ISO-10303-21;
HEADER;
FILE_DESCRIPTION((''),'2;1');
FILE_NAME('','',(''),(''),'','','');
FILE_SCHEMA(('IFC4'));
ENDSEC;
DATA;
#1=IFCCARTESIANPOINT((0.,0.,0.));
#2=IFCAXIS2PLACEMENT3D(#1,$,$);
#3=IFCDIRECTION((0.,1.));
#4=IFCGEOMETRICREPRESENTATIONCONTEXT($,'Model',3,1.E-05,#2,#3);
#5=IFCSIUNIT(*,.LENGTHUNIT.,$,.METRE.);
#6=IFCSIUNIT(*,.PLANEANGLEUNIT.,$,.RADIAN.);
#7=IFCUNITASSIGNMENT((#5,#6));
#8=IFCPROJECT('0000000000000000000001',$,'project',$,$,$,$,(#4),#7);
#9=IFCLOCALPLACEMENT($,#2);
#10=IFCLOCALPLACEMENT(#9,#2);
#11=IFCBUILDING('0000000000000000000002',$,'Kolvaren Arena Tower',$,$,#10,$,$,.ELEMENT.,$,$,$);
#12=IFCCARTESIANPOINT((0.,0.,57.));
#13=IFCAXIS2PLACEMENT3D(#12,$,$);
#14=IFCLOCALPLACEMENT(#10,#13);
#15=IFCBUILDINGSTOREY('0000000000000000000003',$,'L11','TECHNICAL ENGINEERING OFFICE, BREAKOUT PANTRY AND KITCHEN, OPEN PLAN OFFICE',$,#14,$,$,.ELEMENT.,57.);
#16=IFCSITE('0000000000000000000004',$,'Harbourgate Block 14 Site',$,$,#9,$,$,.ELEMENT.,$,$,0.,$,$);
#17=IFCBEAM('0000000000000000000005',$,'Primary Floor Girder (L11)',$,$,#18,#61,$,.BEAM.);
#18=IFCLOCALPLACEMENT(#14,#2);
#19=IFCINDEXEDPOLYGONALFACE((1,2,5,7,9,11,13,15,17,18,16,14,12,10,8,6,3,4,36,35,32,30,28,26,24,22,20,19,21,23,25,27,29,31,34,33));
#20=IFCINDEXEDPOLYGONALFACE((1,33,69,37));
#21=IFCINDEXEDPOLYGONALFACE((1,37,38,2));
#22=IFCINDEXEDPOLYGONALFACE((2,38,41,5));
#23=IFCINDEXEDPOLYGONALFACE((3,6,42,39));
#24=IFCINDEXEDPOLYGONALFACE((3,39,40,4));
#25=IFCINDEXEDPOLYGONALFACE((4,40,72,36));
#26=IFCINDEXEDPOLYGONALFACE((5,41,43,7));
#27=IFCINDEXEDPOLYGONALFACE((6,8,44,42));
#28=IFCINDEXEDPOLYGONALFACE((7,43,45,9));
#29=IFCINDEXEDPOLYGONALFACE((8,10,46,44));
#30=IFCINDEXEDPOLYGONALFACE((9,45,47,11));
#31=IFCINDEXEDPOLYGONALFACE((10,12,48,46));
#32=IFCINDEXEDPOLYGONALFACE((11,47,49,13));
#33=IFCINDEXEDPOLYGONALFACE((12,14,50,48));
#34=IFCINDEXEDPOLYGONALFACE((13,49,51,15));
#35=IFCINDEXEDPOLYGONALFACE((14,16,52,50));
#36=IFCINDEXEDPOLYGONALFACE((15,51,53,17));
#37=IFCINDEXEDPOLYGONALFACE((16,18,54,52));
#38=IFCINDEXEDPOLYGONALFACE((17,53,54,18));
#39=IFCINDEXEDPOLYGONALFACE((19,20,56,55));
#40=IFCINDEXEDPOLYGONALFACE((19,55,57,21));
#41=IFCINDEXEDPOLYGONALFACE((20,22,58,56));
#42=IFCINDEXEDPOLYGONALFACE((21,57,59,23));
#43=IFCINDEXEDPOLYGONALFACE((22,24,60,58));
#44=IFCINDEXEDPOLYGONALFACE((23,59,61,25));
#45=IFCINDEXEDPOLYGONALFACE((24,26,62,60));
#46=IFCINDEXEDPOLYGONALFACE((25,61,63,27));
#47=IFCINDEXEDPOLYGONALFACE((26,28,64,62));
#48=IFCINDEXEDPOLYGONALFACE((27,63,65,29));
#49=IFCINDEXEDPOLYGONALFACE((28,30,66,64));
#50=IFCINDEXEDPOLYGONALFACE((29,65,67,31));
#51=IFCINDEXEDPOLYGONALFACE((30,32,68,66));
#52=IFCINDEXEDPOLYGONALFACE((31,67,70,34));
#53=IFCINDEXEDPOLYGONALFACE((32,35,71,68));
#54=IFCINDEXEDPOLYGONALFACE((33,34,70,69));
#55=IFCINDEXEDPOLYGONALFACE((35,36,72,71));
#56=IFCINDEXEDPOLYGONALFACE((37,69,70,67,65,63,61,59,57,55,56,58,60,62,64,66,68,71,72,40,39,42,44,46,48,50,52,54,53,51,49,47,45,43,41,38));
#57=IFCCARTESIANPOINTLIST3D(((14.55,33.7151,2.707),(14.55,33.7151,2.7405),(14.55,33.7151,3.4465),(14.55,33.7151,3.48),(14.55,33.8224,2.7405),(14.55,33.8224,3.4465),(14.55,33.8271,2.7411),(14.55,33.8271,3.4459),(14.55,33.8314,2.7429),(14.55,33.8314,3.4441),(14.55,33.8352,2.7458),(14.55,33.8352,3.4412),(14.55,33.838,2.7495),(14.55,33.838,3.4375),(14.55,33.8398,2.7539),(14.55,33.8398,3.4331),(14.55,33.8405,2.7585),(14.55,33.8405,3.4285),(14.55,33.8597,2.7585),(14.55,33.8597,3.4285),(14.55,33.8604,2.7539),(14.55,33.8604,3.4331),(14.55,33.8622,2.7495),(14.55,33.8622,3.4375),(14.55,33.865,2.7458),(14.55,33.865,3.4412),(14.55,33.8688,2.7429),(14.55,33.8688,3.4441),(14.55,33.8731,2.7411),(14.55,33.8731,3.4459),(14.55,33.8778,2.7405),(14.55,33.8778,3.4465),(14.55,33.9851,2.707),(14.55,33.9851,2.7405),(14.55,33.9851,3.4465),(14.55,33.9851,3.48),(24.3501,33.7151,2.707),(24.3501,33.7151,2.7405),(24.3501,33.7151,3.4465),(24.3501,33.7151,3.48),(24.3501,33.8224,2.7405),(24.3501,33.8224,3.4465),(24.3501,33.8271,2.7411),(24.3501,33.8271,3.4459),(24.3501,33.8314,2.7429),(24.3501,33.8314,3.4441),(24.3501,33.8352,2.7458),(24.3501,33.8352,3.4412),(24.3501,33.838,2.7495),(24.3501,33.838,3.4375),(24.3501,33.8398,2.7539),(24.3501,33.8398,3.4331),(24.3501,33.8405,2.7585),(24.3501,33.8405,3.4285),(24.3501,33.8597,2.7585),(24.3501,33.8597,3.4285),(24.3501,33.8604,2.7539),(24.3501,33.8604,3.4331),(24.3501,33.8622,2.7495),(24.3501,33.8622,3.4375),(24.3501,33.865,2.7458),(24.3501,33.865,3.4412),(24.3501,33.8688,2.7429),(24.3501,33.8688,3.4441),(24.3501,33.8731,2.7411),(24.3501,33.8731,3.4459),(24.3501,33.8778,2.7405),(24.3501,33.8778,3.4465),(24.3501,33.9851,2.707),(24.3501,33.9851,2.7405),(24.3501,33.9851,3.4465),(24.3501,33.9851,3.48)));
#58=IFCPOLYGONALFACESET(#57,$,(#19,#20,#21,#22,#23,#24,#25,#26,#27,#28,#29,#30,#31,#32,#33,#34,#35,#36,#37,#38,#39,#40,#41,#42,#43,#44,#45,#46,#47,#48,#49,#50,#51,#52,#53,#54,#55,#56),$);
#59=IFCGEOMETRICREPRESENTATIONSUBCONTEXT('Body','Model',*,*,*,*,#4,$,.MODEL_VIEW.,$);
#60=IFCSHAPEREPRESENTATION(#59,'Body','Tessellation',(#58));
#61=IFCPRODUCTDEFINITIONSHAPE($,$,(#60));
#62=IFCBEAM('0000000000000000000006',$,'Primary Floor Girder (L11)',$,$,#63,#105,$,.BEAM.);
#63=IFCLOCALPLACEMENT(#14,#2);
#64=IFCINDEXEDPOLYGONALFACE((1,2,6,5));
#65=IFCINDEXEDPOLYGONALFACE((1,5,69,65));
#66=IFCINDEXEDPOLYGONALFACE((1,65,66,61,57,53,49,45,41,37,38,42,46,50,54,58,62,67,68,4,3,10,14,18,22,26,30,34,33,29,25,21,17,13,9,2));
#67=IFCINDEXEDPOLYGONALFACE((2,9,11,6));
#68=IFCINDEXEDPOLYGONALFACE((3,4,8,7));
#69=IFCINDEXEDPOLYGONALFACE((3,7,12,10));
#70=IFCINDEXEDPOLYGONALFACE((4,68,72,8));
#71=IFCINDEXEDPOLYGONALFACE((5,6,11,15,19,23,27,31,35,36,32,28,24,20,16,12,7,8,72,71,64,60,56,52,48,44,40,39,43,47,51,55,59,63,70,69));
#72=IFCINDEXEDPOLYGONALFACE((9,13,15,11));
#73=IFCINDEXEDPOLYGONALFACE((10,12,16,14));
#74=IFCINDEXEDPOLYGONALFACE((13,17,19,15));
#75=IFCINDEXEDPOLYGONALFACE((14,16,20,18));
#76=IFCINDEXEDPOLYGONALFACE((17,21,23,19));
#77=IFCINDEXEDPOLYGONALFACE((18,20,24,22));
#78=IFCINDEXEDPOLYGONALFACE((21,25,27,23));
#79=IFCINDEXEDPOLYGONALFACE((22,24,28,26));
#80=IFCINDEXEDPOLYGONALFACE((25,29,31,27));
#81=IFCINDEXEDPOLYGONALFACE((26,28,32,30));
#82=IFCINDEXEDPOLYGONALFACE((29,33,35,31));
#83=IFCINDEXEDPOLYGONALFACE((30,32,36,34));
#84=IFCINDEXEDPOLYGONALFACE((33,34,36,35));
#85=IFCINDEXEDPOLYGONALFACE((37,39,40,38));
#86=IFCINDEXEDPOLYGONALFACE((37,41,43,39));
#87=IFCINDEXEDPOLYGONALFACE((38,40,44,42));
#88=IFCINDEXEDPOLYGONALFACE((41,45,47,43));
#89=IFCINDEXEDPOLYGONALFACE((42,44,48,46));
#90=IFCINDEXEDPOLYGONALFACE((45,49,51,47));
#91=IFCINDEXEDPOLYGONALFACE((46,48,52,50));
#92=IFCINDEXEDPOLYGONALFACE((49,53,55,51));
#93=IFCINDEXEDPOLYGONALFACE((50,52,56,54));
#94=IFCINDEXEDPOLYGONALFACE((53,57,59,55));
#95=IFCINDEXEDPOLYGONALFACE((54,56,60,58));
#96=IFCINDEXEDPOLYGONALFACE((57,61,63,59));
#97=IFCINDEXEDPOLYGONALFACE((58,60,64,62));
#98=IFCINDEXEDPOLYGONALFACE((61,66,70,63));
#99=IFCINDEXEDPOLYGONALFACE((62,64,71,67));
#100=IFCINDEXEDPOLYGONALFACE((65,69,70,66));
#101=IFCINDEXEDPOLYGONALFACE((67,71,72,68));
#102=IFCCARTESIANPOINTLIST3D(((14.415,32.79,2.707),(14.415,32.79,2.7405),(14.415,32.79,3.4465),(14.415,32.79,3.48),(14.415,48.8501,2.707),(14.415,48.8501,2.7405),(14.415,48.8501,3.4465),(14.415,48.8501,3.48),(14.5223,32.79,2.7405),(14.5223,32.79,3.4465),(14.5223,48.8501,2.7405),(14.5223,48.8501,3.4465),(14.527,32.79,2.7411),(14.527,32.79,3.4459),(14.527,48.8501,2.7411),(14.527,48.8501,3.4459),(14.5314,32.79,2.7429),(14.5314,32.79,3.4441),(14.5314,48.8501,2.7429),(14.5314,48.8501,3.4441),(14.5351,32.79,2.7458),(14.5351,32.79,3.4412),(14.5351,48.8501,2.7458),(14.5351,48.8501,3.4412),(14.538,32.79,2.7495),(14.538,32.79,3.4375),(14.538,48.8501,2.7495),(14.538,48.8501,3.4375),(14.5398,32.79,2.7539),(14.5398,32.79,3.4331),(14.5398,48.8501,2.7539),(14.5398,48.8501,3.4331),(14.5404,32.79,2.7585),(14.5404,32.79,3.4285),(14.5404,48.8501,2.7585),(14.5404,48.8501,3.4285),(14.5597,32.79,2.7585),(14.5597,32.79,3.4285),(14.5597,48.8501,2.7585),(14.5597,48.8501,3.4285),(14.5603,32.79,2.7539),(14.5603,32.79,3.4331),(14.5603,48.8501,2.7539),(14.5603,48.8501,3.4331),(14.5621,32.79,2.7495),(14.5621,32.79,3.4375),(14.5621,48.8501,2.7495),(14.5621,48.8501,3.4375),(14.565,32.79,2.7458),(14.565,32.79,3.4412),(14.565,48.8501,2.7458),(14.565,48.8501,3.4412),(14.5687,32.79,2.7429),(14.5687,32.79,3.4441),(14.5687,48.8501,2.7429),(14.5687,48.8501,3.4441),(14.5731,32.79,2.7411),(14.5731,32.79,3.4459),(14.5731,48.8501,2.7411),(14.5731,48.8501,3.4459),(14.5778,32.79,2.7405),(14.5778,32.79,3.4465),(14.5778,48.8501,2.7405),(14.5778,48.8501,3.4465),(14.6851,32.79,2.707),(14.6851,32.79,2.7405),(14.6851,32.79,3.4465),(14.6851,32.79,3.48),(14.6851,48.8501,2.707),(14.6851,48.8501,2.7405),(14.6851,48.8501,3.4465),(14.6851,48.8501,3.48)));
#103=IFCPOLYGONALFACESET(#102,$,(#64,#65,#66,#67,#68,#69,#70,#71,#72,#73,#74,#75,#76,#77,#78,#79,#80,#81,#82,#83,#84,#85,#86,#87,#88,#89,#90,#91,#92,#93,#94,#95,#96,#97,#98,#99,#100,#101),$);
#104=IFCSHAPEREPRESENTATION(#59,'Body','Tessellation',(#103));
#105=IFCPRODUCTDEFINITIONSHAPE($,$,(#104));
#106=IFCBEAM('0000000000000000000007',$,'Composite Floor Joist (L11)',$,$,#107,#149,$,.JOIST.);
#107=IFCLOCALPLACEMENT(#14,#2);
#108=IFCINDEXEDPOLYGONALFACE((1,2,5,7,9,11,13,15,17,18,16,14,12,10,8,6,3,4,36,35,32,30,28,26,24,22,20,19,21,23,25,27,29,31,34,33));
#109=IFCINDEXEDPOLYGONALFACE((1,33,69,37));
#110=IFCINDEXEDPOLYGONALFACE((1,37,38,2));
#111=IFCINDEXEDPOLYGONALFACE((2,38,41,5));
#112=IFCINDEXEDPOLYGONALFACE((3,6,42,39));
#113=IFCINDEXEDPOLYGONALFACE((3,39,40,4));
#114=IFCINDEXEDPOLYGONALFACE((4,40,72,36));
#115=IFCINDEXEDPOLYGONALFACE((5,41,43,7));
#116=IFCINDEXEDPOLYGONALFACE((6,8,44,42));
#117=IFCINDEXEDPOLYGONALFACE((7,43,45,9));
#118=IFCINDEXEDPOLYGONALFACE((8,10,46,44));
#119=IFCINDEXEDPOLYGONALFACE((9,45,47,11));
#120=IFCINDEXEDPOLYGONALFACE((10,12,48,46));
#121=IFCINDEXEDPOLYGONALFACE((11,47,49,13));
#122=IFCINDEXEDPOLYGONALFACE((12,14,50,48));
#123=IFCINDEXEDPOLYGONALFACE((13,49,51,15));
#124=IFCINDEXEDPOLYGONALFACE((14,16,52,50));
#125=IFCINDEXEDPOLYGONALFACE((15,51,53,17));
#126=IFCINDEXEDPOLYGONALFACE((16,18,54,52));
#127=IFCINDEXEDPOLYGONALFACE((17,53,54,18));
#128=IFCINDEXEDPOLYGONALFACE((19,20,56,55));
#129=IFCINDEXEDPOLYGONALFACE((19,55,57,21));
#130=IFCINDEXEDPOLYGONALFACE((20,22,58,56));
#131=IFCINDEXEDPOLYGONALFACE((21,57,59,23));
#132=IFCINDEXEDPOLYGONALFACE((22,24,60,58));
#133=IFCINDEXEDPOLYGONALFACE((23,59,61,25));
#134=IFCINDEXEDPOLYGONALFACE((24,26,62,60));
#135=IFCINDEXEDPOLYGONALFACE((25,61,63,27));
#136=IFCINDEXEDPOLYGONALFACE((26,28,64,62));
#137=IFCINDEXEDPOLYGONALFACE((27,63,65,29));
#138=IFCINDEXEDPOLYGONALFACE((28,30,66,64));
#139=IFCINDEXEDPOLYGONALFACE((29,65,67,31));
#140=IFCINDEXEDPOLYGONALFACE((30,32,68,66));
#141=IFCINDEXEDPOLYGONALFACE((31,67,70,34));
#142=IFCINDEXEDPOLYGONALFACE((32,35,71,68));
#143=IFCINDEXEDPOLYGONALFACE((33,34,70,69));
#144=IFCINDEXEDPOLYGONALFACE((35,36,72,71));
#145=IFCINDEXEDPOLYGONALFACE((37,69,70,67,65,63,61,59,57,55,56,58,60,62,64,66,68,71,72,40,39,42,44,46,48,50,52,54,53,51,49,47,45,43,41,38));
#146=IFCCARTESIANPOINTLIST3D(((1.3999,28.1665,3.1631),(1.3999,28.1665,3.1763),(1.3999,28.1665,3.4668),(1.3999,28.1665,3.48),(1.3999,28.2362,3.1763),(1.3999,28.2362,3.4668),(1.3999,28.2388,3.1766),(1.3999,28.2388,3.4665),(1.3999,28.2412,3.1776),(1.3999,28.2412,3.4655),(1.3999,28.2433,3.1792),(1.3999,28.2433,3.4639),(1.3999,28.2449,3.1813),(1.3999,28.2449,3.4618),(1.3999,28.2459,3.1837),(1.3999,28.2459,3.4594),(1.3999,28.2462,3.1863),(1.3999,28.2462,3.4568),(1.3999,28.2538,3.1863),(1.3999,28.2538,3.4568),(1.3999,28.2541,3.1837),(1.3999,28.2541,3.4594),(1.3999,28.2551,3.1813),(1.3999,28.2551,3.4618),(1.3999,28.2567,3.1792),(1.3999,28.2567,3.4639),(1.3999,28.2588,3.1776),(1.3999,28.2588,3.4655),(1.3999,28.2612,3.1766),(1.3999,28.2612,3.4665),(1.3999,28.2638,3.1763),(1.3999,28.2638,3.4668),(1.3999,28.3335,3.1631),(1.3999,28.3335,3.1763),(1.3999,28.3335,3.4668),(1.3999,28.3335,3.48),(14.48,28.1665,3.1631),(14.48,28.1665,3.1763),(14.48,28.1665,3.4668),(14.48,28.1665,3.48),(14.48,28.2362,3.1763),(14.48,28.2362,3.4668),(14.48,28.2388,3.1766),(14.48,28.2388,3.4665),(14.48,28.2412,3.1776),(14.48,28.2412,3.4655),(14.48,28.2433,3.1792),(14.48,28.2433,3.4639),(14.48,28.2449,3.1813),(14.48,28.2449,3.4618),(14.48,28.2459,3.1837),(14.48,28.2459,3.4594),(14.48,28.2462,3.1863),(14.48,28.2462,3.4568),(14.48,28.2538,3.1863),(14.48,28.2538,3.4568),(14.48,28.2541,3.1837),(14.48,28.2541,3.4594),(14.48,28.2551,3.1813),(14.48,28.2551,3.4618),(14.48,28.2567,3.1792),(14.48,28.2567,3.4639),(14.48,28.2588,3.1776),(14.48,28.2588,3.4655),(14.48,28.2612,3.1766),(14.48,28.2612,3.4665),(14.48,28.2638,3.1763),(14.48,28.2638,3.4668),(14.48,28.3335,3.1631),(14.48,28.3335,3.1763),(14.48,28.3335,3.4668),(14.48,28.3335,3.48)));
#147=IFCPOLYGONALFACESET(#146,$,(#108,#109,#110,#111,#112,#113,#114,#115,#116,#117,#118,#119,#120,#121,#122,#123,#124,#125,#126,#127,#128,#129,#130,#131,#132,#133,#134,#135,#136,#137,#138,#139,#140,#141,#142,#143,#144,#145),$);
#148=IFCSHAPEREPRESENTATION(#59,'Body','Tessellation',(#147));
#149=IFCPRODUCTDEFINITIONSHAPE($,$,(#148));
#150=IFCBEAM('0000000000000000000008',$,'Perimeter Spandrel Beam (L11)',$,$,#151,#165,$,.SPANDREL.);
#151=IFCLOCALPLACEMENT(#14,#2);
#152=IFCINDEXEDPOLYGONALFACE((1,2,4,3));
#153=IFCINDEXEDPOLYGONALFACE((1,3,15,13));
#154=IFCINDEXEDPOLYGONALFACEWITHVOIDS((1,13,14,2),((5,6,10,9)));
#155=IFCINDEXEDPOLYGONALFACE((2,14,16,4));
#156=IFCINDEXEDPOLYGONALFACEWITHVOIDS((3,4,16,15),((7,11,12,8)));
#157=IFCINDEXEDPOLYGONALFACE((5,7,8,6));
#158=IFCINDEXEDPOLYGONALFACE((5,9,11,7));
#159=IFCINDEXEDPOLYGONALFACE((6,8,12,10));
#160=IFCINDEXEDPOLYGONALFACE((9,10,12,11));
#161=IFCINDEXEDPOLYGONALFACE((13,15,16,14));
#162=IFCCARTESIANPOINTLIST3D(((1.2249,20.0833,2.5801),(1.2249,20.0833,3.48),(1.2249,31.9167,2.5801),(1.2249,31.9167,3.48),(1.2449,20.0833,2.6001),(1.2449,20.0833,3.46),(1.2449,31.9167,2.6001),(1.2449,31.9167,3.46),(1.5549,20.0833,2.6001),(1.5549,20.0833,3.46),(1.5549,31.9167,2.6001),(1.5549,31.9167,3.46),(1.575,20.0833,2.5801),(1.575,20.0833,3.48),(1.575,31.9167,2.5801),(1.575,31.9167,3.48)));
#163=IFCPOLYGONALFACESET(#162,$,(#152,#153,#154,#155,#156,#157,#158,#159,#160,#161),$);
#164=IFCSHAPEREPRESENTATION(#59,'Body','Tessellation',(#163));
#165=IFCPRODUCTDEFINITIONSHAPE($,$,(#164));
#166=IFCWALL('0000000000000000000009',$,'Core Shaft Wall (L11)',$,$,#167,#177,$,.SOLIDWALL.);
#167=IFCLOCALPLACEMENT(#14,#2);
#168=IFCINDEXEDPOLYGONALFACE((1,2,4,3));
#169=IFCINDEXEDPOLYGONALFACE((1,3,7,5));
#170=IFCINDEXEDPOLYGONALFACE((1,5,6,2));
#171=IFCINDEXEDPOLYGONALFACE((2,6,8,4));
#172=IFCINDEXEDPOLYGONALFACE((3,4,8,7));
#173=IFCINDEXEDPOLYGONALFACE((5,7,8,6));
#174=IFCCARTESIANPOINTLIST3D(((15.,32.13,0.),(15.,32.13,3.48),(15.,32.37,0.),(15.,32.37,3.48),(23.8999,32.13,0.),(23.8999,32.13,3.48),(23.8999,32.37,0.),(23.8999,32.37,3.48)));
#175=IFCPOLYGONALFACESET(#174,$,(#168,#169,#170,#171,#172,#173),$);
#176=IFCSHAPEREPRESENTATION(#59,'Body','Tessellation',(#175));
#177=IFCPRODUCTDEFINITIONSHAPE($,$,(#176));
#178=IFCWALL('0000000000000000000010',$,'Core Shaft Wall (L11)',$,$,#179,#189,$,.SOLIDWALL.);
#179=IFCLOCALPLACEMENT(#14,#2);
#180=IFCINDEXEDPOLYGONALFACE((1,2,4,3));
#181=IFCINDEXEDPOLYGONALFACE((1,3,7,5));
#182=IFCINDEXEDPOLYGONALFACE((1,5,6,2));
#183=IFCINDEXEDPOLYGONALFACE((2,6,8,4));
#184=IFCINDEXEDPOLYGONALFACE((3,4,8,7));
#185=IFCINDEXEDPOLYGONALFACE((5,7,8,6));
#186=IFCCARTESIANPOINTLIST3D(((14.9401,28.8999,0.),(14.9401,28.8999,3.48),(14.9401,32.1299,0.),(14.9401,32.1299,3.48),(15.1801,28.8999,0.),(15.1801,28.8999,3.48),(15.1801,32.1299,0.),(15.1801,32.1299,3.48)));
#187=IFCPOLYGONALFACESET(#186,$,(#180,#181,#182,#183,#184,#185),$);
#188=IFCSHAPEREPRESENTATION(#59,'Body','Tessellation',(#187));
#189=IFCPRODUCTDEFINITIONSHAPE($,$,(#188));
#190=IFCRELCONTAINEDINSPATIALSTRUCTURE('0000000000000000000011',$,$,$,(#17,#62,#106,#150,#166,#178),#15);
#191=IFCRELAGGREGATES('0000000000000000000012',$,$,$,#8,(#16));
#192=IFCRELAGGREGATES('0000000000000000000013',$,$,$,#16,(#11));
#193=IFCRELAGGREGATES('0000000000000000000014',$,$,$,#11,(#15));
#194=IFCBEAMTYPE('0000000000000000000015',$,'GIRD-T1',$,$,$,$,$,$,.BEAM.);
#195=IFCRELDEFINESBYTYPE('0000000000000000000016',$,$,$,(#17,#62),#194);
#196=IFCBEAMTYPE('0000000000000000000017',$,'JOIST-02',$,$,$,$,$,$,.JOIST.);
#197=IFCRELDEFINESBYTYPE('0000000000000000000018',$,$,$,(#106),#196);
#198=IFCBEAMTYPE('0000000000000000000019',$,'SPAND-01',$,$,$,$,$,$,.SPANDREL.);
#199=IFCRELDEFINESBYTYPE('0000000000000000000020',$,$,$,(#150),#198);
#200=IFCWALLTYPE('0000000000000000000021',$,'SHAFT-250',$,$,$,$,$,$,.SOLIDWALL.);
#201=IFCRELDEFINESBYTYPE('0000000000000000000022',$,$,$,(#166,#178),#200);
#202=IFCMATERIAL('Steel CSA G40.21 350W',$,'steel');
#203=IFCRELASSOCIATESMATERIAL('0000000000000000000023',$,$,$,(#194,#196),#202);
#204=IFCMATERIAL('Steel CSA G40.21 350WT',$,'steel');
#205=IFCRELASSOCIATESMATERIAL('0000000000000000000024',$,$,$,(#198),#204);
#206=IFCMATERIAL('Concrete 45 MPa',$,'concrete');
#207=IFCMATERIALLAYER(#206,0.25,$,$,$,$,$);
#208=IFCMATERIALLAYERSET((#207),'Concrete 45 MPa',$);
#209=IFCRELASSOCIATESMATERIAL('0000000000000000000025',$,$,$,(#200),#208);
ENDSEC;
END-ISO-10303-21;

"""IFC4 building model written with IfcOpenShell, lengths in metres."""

from ifc_helpers import new_model, si_unit, direction, frame, frame_2d, origin, origin_2d, place, context, subcontext, project, spatial, rectangle, hollow_rectangle, i_section, extrude, material, layer, layer_set, material_profile, profile_set, type_object, element, save


model = new_model("IFC4")

# Units and contexts
model_context = context("Model", 3, precision=1e-05, world=origin(), true_north=direction((0.0, 1.0)))
body_context = subcontext(model_context, "Body", "Model", "MODEL_VIEW")
ifc_project = project(units=[si_unit("LENGTHUNIT", "METRE"), si_unit("PLANEANGLEUNIT", "RADIAN")], contexts=[model_context])

# Site, building, storey
site_placement = place(None, origin())
site = spatial("IfcSite", under=ifc_project, at=site_placement, Name="Harbourgate Block 14 Site", CompositionType="ELEMENT", RefElevation=0.0)
building_placement = place(site_placement, origin())
building = spatial("IfcBuilding", under=site, at=building_placement, Name="Kolvaren Arena Tower", CompositionType="ELEMENT")
storey_placement = place(building_placement, frame((0.0, 0.0, 57.0)))
storey = spatial("IfcBuildingStorey", under=building, at=storey_placement, Name="L11", Description="TECHNICAL ENGINEERING OFFICE, BREAKOUT PANTRY AND KITCHEN, OPEN PLAN OFFICE", CompositionType="ELEMENT", Elevation=57.0)

# Beams
ifc_material_1 = material(Name="Steel CSA G40.21 350W", Category="steel")
ifc_material_profile_1 = material_profile(ifc_material_1, i_section(OverallWidth=0.27, OverallDepth=0.7729, WebThickness=0.0193, FlangeThickness=0.0334, FilletRadius=0.0181, at=origin_2d()), Name="W760x257")
ifc_profile_set_1 = profile_set([ifc_material_profile_1], Name="Steel CSA G40.21 350W")
beam_type_1 = type_object("IfcBeamType", Name="GIRD-T1", PredefinedType="BEAM", material=ifc_profile_set_1)
beam_1_placement = place(storey_placement, frame((14.55, 33.8501, 3.0935), z_axis=(1.0, 0.0, 0.0), x_axis=(0.0, 1.0, 0.0)))
element("IfcBeam", 1, at=beam_1_placement, inside=storey, type_object=beam_type_1, Name="Primary Floor Girder (L11)", PredefinedType="BEAM", context=body_context, shape_type="SweptSolid", body=[
    extrude(i_section(OverallWidth=0.27, OverallDepth=0.7729, WebThickness=0.0193, FlangeThickness=0.0334, FilletRadius=0.0181, at=origin_2d()), origin(), (0.0, 0.0, 1.0), 9.8),
])
beam_2_placement = place(storey_placement, frame((14.55, 32.79, 3.0935), z_axis=(0.0, 1.0, 0.0), x_axis=(-1.0, 0.0, 0.0)))
element("IfcBeam", 2, at=beam_2_placement, inside=storey, type_object=beam_type_1, Name="Primary Floor Girder (L11)", PredefinedType="BEAM", context=body_context, shape_type="SweptSolid", body=[
    extrude(i_section(OverallWidth=0.27, OverallDepth=0.7729, WebThickness=0.0193, FlangeThickness=0.0334, FilletRadius=0.0181, at=origin_2d()), origin(), (0.0, 0.0, 1.0), 16.0601),
])
ifc_material_profile_2 = material_profile(ifc_material_1, i_section(OverallWidth=0.167, OverallDepth=0.3169, WebThickness=0.0076, FlangeThickness=0.0132, FilletRadius=0.01, at=origin_2d()), Name="W310x52")
ifc_profile_set_2 = profile_set([ifc_material_profile_2], Name="Steel CSA G40.21 350W")
beam_type_2 = type_object("IfcBeamType", Name="JOIST-02", PredefinedType="JOIST", material=ifc_profile_set_2)
beam_3_placement = place(storey_placement, frame((1.3999, 28.25, 3.3215), z_axis=(1.0, 0.0, 0.0), x_axis=(0.0, 1.0, 0.0)))
element("IfcBeam", 3, at=beam_3_placement, inside=storey, type_object=beam_type_2, Name="Composite Floor Joist (L11)", PredefinedType="JOIST", context=body_context, shape_type="SweptSolid", body=[
    extrude(i_section(OverallWidth=0.167, OverallDepth=0.3169, WebThickness=0.0076, FlangeThickness=0.0132, FilletRadius=0.01, at=origin_2d()), origin(), (0.0, 0.0, 1.0), 13.0801),
])
ifc_material_2 = material(Name="Steel CSA G40.21 350WT", Category="steel")
ifc_material_profile_3 = material_profile(ifc_material_2, hollow_rectangle(XDim=0.3501, YDim=0.8999, WallThickness=0.02, at=origin_2d()), Name="HSS 900x350x20")
ifc_profile_set_3 = profile_set([ifc_material_profile_3], Name="Steel CSA G40.21 350WT")
beam_type_3 = type_object("IfcBeamType", Name="SPAND-01", PredefinedType="SPANDREL", material=ifc_profile_set_3)
beam_4_placement = place(storey_placement, frame((1.3999, 31.9167, 3.03), z_axis=(0.0, -1.0, 0.0), x_axis=(1.0, 0.0, 0.0)))
element("IfcBeam", 4, at=beam_4_placement, inside=storey, type_object=beam_type_3, Name="Perimeter Spandrel Beam (L11)", PredefinedType="SPANDREL", context=body_context, shape_type="SweptSolid", body=[
    extrude(hollow_rectangle(XDim=0.3501, YDim=0.8999, WallThickness=0.02, at=origin_2d()), origin(), (0.0, 0.0, 1.0), 11.8335),
])

# Walls
ifc_material_3 = material(Name="Concrete 45 MPa", Category="concrete")
ifc_layer = layer(ifc_material_3, 0.25)
ifc_layer_set = layer_set([ifc_layer], Name="Concrete 45 MPa")
wall_type = type_object("IfcWallType", Name="SHAFT-250", PredefinedType="SOLIDWALL", material=ifc_layer_set)
wall_1_placement = place(storey_placement, frame((15.0, 32.25, 0.0), z_axis=(0.0, 0.0, 1.0), x_axis=(1.0, 0.0, 0.0)))
element("IfcWall", 5, at=wall_1_placement, inside=storey, type_object=wall_type, Name="Core Shaft Wall (L11)", PredefinedType="SOLIDWALL", context=body_context, shape_type="SweptSolid", body=[
    extrude(rectangle(XDim=8.8999, YDim=0.24, at=frame_2d((4.45, 0.0))), origin(), (0.0, 0.0, 1.0), 3.48),
])
wall_2_placement = place(storey_placement, frame((15.0601, 28.8999, 0.0), z_axis=(0.0, 0.0, 1.0), x_axis=(0.0, 1.0, 0.0)))
element("IfcWall", 6, at=wall_2_placement, inside=storey, type_object=wall_type, Name="Core Shaft Wall (L11)", PredefinedType="SOLIDWALL", context=body_context, shape_type="SweptSolid", body=[
    extrude(rectangle(XDim=3.23, YDim=0.24, at=frame_2d((1.615, 0.0))), origin(), (0.0, 0.0, 1.0), 3.48),
])

save(model, "model.ifc")
